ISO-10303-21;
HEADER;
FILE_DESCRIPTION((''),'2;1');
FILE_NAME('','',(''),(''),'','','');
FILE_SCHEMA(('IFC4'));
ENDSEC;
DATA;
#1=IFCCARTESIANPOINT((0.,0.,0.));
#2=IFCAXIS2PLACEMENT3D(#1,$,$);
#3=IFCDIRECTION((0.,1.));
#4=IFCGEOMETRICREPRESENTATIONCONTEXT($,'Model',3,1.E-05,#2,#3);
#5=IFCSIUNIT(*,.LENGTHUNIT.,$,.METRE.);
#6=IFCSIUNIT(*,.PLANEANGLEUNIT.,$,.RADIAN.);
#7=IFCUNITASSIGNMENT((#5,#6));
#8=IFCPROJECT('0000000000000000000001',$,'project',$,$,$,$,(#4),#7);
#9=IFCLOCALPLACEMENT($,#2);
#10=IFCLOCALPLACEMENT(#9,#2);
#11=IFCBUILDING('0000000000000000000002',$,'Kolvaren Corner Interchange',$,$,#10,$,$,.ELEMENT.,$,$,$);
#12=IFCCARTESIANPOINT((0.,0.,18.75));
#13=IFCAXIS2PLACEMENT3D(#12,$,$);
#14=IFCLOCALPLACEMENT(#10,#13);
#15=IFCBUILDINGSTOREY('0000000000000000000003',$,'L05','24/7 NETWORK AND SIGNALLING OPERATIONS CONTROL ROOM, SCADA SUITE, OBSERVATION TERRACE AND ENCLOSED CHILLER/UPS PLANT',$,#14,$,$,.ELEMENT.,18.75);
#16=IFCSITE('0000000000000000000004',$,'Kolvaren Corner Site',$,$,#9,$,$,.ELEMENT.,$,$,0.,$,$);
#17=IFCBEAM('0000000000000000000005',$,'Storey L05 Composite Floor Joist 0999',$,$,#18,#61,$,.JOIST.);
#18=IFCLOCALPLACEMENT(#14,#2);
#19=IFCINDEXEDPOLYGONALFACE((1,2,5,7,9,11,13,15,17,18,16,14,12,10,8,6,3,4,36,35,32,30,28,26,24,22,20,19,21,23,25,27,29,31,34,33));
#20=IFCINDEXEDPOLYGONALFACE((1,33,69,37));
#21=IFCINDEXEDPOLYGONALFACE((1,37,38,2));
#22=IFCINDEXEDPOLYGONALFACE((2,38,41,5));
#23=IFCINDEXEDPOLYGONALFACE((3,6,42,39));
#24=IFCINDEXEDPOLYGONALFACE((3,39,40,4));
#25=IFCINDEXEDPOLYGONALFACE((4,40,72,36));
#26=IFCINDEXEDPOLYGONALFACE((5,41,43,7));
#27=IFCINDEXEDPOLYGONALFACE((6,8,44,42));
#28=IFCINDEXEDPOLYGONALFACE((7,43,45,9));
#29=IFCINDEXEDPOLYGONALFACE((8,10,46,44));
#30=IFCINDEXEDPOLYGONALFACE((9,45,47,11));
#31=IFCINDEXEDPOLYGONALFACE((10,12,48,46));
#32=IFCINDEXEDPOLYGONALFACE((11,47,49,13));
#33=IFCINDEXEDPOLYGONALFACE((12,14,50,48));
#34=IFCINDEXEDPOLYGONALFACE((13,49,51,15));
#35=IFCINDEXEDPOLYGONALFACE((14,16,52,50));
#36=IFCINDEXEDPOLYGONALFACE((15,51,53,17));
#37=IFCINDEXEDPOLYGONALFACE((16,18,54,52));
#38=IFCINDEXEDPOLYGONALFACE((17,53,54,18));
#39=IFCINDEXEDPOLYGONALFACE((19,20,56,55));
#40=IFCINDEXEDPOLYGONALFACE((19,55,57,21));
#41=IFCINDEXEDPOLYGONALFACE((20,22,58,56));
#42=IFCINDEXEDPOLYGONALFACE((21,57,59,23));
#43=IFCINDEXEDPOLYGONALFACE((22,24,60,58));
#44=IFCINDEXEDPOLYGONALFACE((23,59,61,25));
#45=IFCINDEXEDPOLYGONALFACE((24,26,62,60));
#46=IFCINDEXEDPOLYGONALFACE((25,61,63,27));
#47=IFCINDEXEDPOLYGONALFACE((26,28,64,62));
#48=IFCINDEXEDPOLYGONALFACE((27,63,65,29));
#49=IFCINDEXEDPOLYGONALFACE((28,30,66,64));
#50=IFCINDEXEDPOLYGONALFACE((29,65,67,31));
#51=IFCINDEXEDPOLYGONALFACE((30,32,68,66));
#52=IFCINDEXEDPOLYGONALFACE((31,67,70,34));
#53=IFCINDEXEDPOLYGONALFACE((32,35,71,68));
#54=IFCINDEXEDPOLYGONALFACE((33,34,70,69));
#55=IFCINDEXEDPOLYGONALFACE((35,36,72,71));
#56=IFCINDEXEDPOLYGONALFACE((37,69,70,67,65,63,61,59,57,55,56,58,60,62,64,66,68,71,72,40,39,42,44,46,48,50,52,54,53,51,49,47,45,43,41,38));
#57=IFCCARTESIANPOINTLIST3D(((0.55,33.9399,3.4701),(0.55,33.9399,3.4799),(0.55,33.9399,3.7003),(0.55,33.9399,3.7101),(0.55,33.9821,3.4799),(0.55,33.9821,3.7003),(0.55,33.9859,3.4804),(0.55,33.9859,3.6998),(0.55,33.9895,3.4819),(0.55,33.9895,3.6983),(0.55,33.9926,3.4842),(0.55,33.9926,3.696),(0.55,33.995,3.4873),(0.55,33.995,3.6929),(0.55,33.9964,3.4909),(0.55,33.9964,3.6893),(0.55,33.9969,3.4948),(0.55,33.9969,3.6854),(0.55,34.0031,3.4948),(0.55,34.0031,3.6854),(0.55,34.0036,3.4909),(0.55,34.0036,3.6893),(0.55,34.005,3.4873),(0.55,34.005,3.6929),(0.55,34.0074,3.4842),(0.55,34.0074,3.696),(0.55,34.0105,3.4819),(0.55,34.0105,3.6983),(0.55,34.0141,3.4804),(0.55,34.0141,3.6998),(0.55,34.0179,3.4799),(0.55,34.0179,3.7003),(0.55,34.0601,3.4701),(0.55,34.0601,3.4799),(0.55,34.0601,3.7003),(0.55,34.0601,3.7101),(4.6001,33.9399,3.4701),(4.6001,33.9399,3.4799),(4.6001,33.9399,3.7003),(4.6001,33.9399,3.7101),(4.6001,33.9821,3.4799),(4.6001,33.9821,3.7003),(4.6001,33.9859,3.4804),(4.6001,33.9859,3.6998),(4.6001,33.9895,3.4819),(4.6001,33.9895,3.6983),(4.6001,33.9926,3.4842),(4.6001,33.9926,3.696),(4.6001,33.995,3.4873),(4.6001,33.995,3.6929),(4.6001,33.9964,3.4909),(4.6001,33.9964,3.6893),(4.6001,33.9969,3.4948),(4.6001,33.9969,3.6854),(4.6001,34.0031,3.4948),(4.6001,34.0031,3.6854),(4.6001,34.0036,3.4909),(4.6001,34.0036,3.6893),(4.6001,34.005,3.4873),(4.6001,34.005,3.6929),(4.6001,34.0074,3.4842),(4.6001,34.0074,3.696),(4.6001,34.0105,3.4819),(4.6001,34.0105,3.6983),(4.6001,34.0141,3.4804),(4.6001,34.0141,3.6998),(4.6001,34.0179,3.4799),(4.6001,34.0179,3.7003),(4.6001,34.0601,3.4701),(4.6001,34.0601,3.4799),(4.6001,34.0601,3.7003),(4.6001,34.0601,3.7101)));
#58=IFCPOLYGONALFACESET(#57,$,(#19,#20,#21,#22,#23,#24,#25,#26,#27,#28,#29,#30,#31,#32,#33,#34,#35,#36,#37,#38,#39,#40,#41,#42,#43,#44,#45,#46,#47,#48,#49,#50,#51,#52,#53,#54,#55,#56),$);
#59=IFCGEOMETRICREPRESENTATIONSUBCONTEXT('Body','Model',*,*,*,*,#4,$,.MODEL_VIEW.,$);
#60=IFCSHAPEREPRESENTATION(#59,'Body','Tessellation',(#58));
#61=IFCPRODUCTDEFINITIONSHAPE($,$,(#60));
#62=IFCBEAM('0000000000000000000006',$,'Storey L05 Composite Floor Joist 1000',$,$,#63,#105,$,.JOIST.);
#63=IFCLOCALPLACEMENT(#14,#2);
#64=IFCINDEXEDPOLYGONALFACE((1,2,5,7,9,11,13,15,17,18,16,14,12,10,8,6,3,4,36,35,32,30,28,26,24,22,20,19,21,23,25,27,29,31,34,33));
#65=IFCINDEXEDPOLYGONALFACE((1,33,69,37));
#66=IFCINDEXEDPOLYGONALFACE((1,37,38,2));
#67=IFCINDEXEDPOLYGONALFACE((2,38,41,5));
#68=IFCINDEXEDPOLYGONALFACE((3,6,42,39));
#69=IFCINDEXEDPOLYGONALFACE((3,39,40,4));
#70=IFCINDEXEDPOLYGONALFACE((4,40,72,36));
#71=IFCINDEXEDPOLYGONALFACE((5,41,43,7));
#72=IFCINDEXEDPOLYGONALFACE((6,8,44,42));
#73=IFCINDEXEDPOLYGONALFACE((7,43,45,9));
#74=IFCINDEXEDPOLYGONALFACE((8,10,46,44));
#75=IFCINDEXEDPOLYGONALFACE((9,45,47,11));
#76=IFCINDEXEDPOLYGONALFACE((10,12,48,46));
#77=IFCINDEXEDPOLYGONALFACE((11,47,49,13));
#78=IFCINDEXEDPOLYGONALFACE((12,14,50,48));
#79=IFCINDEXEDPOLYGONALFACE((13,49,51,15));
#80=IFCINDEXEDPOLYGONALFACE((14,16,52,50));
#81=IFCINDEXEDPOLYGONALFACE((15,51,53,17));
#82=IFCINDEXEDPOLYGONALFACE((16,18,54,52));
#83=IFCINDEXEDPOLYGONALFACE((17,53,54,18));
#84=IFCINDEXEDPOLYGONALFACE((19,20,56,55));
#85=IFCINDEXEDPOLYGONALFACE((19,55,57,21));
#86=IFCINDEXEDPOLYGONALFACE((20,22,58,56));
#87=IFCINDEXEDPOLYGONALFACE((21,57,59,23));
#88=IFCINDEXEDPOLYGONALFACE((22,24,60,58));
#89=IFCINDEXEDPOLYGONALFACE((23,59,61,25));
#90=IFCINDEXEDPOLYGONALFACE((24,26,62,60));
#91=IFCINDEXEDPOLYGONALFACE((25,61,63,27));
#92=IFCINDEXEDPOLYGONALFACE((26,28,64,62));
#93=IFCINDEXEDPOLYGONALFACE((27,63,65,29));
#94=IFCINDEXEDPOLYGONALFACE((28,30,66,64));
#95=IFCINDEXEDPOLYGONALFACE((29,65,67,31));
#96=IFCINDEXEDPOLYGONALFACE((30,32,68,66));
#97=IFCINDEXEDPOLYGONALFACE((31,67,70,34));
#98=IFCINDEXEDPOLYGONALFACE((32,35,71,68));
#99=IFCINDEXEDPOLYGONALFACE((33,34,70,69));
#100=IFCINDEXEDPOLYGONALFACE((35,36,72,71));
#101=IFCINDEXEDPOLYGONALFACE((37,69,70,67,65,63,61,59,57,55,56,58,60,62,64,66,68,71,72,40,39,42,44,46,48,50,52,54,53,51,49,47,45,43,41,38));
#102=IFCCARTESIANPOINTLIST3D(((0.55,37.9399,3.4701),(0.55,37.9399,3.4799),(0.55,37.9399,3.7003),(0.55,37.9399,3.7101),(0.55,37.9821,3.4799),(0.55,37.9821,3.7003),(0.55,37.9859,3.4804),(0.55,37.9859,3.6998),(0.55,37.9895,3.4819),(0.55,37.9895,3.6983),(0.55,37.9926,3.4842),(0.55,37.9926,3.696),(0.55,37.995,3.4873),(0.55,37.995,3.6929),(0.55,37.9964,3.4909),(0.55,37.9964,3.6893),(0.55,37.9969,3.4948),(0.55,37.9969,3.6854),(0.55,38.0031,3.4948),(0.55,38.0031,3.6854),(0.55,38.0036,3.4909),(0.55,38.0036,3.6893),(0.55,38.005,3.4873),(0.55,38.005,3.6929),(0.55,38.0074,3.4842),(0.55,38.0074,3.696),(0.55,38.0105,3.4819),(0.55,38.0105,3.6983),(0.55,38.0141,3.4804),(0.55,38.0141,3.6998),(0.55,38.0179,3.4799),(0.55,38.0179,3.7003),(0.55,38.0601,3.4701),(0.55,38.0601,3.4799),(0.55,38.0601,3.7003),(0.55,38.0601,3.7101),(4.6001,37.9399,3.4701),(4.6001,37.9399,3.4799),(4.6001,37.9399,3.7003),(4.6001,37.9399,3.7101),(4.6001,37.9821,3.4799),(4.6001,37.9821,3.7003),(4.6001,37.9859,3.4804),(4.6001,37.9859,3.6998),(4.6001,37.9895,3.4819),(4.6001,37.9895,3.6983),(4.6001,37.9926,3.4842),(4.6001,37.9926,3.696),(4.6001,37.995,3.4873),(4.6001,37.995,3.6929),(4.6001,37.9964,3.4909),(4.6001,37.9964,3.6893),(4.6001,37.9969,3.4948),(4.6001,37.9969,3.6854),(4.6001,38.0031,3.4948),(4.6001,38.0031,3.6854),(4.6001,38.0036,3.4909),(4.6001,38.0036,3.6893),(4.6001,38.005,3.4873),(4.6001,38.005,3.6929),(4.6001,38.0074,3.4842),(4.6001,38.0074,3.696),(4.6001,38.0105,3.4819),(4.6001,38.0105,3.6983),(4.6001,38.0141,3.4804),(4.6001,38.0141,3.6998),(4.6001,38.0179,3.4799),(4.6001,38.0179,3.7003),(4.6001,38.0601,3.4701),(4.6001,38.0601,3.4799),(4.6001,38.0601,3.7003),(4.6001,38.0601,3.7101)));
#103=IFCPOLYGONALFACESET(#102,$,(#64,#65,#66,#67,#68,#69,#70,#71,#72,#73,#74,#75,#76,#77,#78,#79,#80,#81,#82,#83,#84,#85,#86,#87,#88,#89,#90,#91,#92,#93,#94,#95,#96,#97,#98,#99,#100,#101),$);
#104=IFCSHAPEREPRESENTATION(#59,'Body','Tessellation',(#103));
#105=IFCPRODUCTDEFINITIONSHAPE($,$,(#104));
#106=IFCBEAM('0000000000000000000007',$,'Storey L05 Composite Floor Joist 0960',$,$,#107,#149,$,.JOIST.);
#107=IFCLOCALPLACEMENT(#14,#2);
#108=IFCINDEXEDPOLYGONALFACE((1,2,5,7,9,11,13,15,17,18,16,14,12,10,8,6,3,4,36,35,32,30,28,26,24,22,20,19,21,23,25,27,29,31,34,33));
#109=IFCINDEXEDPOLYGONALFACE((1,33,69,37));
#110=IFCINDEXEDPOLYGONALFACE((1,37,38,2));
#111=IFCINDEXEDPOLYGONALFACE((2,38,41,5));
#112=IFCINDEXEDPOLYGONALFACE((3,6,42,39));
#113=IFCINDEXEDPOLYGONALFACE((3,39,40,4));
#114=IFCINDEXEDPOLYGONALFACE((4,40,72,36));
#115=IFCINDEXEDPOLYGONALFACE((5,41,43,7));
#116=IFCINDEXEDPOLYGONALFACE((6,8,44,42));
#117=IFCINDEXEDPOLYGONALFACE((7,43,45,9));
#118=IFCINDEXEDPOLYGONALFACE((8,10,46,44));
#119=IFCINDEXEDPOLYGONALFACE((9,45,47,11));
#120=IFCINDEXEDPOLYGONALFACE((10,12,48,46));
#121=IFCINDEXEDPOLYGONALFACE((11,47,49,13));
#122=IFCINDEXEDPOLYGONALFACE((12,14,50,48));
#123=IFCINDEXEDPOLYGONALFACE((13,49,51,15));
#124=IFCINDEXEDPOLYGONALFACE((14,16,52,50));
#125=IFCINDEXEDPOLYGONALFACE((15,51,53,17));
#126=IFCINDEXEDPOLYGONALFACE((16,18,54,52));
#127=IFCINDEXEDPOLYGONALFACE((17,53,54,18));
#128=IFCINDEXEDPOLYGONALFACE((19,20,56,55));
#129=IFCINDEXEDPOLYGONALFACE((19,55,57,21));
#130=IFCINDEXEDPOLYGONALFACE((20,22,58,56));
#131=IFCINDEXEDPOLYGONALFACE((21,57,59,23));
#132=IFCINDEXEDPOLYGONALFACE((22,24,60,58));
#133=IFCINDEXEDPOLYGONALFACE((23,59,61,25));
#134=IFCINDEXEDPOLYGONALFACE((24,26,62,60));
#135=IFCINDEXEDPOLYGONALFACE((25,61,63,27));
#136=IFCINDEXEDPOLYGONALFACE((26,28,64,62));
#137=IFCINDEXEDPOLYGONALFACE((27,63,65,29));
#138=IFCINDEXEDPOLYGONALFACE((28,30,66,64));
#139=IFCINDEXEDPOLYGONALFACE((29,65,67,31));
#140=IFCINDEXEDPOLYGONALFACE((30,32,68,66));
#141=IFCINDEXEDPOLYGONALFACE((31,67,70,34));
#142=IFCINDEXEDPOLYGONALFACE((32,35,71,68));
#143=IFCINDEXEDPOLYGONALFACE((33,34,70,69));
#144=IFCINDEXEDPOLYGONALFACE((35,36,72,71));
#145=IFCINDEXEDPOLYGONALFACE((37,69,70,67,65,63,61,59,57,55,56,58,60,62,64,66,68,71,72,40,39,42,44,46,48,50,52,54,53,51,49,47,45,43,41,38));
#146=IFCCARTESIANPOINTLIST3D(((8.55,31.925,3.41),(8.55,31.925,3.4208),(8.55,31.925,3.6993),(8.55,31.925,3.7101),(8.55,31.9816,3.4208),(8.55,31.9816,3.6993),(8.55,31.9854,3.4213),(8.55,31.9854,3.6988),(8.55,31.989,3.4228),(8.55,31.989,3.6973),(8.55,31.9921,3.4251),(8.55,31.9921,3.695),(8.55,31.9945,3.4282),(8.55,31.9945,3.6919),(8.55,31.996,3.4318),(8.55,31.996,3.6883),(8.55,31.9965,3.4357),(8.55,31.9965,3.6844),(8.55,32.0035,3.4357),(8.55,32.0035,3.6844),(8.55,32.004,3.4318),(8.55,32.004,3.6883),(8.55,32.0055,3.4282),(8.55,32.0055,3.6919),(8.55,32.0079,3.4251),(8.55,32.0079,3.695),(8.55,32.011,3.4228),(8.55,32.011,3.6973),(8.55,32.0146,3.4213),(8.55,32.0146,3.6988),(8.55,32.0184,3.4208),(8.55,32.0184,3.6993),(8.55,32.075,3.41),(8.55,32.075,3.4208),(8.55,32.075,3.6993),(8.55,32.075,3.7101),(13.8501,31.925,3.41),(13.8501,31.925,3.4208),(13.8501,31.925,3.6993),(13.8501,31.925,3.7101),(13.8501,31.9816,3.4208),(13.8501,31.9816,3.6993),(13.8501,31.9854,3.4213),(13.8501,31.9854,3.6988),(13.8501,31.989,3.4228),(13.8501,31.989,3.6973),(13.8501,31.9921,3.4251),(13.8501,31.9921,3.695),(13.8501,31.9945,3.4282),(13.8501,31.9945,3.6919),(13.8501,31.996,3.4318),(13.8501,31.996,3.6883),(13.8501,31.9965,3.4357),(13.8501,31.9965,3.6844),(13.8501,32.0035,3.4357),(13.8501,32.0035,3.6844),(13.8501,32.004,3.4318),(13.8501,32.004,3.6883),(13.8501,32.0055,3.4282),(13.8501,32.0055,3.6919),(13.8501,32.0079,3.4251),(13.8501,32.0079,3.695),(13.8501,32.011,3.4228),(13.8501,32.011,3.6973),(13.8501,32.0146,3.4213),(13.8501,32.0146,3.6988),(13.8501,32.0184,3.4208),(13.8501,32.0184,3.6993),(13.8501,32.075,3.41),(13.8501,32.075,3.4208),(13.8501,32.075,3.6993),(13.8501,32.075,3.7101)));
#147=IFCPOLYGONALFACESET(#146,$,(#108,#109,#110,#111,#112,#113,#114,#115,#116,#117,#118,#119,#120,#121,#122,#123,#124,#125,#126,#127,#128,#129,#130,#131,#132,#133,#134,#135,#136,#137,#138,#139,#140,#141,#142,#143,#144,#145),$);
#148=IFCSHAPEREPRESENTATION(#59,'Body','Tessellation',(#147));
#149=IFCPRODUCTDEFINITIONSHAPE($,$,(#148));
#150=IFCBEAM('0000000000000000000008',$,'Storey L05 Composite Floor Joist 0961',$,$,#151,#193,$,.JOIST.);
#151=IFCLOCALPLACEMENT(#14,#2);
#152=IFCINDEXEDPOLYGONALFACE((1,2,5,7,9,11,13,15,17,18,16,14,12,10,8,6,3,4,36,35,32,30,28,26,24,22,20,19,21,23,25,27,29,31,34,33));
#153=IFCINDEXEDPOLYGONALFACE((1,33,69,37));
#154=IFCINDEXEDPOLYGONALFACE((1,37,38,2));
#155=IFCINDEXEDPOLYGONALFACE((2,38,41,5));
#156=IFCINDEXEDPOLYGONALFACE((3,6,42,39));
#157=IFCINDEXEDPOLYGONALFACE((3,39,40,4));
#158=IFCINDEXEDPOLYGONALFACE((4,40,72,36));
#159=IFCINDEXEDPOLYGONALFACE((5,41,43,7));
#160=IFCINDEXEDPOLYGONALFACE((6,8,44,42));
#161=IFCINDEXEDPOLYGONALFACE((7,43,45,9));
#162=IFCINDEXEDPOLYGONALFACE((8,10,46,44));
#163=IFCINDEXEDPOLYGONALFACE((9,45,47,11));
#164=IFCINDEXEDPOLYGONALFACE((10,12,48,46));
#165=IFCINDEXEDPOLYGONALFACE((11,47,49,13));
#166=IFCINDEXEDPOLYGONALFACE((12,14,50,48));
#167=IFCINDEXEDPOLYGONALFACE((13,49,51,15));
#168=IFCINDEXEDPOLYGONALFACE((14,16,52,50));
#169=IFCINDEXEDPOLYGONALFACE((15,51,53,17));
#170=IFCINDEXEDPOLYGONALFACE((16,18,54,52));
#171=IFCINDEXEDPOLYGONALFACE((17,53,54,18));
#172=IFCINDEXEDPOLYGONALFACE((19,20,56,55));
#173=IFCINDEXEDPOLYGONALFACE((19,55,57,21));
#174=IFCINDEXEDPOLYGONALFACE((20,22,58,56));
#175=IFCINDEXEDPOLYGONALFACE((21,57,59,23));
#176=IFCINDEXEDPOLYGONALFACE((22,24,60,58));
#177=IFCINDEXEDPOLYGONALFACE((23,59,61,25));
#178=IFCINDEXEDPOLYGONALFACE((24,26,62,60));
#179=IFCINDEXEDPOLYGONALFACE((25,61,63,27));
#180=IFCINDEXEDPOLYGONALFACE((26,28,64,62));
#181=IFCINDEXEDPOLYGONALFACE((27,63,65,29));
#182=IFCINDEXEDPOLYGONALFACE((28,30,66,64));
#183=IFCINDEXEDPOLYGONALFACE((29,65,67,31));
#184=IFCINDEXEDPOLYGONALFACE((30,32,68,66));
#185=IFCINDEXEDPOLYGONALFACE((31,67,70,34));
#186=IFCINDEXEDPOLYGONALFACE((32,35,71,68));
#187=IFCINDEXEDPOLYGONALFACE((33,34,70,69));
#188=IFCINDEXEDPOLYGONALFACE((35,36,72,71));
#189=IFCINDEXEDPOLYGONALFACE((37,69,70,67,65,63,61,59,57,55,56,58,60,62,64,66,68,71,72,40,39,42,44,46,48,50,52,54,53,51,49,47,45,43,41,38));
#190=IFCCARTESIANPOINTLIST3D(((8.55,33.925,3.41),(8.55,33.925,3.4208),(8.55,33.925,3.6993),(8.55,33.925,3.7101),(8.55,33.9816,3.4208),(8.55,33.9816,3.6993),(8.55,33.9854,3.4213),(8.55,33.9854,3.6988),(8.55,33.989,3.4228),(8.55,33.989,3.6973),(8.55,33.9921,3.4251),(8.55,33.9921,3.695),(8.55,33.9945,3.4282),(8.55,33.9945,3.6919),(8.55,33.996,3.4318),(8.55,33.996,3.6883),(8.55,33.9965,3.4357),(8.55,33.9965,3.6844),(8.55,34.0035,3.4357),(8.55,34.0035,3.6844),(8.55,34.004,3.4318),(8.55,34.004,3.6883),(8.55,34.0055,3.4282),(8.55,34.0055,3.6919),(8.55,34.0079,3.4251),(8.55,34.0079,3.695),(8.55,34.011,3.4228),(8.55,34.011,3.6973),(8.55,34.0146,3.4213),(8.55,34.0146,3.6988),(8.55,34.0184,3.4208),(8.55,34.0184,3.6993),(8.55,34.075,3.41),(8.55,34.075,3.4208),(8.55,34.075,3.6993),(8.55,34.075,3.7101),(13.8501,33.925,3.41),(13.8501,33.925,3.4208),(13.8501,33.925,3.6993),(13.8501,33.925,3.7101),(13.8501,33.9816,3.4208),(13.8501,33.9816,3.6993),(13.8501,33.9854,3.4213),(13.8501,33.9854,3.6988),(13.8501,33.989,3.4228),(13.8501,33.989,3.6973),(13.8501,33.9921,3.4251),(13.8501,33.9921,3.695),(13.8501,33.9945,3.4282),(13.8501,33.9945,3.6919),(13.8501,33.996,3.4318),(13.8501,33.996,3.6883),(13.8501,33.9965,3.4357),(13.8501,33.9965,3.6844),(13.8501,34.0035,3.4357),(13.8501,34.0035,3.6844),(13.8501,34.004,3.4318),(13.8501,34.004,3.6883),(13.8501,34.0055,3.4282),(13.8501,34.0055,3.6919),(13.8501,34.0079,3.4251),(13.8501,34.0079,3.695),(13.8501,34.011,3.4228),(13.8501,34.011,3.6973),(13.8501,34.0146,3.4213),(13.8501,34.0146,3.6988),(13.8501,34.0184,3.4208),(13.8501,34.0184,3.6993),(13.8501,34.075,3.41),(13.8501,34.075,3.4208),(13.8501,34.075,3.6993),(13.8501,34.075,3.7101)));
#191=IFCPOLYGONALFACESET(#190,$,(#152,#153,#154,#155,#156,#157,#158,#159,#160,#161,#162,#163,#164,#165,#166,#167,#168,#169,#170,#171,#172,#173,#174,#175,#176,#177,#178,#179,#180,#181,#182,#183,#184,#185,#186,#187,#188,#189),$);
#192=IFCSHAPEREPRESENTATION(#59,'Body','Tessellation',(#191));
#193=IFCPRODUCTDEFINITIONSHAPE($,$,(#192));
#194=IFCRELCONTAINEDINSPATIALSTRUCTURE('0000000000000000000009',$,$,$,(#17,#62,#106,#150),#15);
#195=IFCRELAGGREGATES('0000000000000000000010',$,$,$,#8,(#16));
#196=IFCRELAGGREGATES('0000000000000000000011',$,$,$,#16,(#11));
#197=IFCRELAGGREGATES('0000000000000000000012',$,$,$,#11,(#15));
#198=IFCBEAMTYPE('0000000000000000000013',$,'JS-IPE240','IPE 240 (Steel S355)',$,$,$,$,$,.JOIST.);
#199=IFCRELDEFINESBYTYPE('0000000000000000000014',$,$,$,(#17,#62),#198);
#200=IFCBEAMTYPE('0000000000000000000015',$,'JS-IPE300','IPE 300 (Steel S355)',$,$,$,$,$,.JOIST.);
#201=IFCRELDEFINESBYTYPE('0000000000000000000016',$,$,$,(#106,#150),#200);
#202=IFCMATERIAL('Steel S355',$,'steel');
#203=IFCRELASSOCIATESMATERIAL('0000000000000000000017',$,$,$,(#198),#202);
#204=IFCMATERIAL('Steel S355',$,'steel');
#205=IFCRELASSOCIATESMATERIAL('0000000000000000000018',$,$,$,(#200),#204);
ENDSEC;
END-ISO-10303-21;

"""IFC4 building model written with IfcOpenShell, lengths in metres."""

from ifc_helpers import new_model, si_unit, direction, frame, origin, origin_2d, place, context, subcontext, project, spatial, i_section, extrude, material, material_profile, profile_set, type_object, element, save


model = new_model("IFC4")

# Units and contexts
model_context = context("Model", 3, precision=1e-05, world=origin(), true_north=direction((0.0, 1.0)))
body_context = subcontext(model_context, "Body", "Model", "MODEL_VIEW")
ifc_project = project(units=[si_unit("LENGTHUNIT", "METRE"), si_unit("PLANEANGLEUNIT", "RADIAN")], contexts=[model_context])

# Site, building, storey
site_placement = place(None, origin())
site = spatial("IfcSite", under=ifc_project, at=site_placement, Name="Kolvaren Corner Site", CompositionType="ELEMENT", RefElevation=0.0)
building_placement = place(site_placement, origin())
building = spatial("IfcBuilding", under=site, at=building_placement, Name="Kolvaren Corner Interchange", CompositionType="ELEMENT")
storey_placement = place(building_placement, frame((0.0, 0.0, 18.75)))
storey = spatial("IfcBuildingStorey", under=building, at=storey_placement, Name="L05", Description="24/7 NETWORK AND SIGNALLING OPERATIONS CONTROL ROOM, SCADA SUITE, OBSERVATION TERRACE AND ENCLOSED CHILLER/UPS PLANT", CompositionType="ELEMENT", Elevation=18.75)

# Beams
ifc_material_1 = material(Name="Steel S355", Category="steel")
ifc_material_profile_1 = material_profile(ifc_material_1, i_section(OverallWidth=0.1201, OverallDepth=0.24, WebThickness=0.0061, FlangeThickness=0.0098, FilletRadius=0.0149, at=origin_2d()), Name="IPE 240")
ifc_profile_set_1 = profile_set([ifc_material_profile_1], Name="Steel S355")
beam_type_1 = type_object("IfcBeamType", Name="JS-IPE240", Description="IPE 240 (Steel S355)", PredefinedType="JOIST", material=ifc_profile_set_1)
for number, where, z_axis, x_axis, name in (
    (1, (0.55, 34.0, 3.5901), (1.0, 0.0, 0.0), (0.0, 1.0, 0.0), "Storey L05 Composite Floor Joist 0999"),
    (2, (0.55, 38.0, 3.5901), (1.0, 0.0, 0.0), (0.0, 1.0, 0.0), "Storey L05 Composite Floor Joist 1000"),
):
    element("IfcBeam", number, at=place(storey_placement, frame(where, z_axis=z_axis, x_axis=x_axis)), inside=storey, type_object=beam_type_1, Name=name, PredefinedType="JOIST", context=body_context, shape_type="SweptSolid", body=[
        extrude(i_section(OverallWidth=0.1201, OverallDepth=0.24, WebThickness=0.0061, FlangeThickness=0.0098, FilletRadius=0.0149, at=origin_2d()), origin(), (0.0, 0.0, 1.0), 4.05),
    ])
ifc_material_2 = material(Name="Steel S355", Category="steel")
ifc_material_profile_2 = material_profile(ifc_material_2, i_section(OverallWidth=0.1499, OverallDepth=0.3, WebThickness=0.0071, FlangeThickness=0.0107, FilletRadius=0.0149, at=origin_2d()), Name="IPE 300")
ifc_profile_set_2 = profile_set([ifc_material_profile_2], Name="Steel S355")
beam_type_2 = type_object("IfcBeamType", Name="JS-IPE300", Description="IPE 300 (Steel S355)", PredefinedType="JOIST", material=ifc_profile_set_2)
for number, where, z_axis, x_axis, name in (
    (3, (8.55, 32.0, 3.5601), (1.0, 0.0, 0.0), (0.0, 1.0, 0.0), "Storey L05 Composite Floor Joist 0960"),
    (4, (8.55, 34.0, 3.5601), (1.0, 0.0, 0.0), (0.0, 1.0, 0.0), "Storey L05 Composite Floor Joist 0961"),
):
    element("IfcBeam", number, at=place(storey_placement, frame(where, z_axis=z_axis, x_axis=x_axis)), inside=storey, type_object=beam_type_2, Name=name, PredefinedType="JOIST", context=body_context, shape_type="SweptSolid", body=[
        extrude(i_section(OverallWidth=0.1499, OverallDepth=0.3, WebThickness=0.0071, FlangeThickness=0.0107, FilletRadius=0.0149, at=origin_2d()), origin(), (0.0, 0.0, 1.0), 5.3),
    ])

save(model, "model.ifc")
